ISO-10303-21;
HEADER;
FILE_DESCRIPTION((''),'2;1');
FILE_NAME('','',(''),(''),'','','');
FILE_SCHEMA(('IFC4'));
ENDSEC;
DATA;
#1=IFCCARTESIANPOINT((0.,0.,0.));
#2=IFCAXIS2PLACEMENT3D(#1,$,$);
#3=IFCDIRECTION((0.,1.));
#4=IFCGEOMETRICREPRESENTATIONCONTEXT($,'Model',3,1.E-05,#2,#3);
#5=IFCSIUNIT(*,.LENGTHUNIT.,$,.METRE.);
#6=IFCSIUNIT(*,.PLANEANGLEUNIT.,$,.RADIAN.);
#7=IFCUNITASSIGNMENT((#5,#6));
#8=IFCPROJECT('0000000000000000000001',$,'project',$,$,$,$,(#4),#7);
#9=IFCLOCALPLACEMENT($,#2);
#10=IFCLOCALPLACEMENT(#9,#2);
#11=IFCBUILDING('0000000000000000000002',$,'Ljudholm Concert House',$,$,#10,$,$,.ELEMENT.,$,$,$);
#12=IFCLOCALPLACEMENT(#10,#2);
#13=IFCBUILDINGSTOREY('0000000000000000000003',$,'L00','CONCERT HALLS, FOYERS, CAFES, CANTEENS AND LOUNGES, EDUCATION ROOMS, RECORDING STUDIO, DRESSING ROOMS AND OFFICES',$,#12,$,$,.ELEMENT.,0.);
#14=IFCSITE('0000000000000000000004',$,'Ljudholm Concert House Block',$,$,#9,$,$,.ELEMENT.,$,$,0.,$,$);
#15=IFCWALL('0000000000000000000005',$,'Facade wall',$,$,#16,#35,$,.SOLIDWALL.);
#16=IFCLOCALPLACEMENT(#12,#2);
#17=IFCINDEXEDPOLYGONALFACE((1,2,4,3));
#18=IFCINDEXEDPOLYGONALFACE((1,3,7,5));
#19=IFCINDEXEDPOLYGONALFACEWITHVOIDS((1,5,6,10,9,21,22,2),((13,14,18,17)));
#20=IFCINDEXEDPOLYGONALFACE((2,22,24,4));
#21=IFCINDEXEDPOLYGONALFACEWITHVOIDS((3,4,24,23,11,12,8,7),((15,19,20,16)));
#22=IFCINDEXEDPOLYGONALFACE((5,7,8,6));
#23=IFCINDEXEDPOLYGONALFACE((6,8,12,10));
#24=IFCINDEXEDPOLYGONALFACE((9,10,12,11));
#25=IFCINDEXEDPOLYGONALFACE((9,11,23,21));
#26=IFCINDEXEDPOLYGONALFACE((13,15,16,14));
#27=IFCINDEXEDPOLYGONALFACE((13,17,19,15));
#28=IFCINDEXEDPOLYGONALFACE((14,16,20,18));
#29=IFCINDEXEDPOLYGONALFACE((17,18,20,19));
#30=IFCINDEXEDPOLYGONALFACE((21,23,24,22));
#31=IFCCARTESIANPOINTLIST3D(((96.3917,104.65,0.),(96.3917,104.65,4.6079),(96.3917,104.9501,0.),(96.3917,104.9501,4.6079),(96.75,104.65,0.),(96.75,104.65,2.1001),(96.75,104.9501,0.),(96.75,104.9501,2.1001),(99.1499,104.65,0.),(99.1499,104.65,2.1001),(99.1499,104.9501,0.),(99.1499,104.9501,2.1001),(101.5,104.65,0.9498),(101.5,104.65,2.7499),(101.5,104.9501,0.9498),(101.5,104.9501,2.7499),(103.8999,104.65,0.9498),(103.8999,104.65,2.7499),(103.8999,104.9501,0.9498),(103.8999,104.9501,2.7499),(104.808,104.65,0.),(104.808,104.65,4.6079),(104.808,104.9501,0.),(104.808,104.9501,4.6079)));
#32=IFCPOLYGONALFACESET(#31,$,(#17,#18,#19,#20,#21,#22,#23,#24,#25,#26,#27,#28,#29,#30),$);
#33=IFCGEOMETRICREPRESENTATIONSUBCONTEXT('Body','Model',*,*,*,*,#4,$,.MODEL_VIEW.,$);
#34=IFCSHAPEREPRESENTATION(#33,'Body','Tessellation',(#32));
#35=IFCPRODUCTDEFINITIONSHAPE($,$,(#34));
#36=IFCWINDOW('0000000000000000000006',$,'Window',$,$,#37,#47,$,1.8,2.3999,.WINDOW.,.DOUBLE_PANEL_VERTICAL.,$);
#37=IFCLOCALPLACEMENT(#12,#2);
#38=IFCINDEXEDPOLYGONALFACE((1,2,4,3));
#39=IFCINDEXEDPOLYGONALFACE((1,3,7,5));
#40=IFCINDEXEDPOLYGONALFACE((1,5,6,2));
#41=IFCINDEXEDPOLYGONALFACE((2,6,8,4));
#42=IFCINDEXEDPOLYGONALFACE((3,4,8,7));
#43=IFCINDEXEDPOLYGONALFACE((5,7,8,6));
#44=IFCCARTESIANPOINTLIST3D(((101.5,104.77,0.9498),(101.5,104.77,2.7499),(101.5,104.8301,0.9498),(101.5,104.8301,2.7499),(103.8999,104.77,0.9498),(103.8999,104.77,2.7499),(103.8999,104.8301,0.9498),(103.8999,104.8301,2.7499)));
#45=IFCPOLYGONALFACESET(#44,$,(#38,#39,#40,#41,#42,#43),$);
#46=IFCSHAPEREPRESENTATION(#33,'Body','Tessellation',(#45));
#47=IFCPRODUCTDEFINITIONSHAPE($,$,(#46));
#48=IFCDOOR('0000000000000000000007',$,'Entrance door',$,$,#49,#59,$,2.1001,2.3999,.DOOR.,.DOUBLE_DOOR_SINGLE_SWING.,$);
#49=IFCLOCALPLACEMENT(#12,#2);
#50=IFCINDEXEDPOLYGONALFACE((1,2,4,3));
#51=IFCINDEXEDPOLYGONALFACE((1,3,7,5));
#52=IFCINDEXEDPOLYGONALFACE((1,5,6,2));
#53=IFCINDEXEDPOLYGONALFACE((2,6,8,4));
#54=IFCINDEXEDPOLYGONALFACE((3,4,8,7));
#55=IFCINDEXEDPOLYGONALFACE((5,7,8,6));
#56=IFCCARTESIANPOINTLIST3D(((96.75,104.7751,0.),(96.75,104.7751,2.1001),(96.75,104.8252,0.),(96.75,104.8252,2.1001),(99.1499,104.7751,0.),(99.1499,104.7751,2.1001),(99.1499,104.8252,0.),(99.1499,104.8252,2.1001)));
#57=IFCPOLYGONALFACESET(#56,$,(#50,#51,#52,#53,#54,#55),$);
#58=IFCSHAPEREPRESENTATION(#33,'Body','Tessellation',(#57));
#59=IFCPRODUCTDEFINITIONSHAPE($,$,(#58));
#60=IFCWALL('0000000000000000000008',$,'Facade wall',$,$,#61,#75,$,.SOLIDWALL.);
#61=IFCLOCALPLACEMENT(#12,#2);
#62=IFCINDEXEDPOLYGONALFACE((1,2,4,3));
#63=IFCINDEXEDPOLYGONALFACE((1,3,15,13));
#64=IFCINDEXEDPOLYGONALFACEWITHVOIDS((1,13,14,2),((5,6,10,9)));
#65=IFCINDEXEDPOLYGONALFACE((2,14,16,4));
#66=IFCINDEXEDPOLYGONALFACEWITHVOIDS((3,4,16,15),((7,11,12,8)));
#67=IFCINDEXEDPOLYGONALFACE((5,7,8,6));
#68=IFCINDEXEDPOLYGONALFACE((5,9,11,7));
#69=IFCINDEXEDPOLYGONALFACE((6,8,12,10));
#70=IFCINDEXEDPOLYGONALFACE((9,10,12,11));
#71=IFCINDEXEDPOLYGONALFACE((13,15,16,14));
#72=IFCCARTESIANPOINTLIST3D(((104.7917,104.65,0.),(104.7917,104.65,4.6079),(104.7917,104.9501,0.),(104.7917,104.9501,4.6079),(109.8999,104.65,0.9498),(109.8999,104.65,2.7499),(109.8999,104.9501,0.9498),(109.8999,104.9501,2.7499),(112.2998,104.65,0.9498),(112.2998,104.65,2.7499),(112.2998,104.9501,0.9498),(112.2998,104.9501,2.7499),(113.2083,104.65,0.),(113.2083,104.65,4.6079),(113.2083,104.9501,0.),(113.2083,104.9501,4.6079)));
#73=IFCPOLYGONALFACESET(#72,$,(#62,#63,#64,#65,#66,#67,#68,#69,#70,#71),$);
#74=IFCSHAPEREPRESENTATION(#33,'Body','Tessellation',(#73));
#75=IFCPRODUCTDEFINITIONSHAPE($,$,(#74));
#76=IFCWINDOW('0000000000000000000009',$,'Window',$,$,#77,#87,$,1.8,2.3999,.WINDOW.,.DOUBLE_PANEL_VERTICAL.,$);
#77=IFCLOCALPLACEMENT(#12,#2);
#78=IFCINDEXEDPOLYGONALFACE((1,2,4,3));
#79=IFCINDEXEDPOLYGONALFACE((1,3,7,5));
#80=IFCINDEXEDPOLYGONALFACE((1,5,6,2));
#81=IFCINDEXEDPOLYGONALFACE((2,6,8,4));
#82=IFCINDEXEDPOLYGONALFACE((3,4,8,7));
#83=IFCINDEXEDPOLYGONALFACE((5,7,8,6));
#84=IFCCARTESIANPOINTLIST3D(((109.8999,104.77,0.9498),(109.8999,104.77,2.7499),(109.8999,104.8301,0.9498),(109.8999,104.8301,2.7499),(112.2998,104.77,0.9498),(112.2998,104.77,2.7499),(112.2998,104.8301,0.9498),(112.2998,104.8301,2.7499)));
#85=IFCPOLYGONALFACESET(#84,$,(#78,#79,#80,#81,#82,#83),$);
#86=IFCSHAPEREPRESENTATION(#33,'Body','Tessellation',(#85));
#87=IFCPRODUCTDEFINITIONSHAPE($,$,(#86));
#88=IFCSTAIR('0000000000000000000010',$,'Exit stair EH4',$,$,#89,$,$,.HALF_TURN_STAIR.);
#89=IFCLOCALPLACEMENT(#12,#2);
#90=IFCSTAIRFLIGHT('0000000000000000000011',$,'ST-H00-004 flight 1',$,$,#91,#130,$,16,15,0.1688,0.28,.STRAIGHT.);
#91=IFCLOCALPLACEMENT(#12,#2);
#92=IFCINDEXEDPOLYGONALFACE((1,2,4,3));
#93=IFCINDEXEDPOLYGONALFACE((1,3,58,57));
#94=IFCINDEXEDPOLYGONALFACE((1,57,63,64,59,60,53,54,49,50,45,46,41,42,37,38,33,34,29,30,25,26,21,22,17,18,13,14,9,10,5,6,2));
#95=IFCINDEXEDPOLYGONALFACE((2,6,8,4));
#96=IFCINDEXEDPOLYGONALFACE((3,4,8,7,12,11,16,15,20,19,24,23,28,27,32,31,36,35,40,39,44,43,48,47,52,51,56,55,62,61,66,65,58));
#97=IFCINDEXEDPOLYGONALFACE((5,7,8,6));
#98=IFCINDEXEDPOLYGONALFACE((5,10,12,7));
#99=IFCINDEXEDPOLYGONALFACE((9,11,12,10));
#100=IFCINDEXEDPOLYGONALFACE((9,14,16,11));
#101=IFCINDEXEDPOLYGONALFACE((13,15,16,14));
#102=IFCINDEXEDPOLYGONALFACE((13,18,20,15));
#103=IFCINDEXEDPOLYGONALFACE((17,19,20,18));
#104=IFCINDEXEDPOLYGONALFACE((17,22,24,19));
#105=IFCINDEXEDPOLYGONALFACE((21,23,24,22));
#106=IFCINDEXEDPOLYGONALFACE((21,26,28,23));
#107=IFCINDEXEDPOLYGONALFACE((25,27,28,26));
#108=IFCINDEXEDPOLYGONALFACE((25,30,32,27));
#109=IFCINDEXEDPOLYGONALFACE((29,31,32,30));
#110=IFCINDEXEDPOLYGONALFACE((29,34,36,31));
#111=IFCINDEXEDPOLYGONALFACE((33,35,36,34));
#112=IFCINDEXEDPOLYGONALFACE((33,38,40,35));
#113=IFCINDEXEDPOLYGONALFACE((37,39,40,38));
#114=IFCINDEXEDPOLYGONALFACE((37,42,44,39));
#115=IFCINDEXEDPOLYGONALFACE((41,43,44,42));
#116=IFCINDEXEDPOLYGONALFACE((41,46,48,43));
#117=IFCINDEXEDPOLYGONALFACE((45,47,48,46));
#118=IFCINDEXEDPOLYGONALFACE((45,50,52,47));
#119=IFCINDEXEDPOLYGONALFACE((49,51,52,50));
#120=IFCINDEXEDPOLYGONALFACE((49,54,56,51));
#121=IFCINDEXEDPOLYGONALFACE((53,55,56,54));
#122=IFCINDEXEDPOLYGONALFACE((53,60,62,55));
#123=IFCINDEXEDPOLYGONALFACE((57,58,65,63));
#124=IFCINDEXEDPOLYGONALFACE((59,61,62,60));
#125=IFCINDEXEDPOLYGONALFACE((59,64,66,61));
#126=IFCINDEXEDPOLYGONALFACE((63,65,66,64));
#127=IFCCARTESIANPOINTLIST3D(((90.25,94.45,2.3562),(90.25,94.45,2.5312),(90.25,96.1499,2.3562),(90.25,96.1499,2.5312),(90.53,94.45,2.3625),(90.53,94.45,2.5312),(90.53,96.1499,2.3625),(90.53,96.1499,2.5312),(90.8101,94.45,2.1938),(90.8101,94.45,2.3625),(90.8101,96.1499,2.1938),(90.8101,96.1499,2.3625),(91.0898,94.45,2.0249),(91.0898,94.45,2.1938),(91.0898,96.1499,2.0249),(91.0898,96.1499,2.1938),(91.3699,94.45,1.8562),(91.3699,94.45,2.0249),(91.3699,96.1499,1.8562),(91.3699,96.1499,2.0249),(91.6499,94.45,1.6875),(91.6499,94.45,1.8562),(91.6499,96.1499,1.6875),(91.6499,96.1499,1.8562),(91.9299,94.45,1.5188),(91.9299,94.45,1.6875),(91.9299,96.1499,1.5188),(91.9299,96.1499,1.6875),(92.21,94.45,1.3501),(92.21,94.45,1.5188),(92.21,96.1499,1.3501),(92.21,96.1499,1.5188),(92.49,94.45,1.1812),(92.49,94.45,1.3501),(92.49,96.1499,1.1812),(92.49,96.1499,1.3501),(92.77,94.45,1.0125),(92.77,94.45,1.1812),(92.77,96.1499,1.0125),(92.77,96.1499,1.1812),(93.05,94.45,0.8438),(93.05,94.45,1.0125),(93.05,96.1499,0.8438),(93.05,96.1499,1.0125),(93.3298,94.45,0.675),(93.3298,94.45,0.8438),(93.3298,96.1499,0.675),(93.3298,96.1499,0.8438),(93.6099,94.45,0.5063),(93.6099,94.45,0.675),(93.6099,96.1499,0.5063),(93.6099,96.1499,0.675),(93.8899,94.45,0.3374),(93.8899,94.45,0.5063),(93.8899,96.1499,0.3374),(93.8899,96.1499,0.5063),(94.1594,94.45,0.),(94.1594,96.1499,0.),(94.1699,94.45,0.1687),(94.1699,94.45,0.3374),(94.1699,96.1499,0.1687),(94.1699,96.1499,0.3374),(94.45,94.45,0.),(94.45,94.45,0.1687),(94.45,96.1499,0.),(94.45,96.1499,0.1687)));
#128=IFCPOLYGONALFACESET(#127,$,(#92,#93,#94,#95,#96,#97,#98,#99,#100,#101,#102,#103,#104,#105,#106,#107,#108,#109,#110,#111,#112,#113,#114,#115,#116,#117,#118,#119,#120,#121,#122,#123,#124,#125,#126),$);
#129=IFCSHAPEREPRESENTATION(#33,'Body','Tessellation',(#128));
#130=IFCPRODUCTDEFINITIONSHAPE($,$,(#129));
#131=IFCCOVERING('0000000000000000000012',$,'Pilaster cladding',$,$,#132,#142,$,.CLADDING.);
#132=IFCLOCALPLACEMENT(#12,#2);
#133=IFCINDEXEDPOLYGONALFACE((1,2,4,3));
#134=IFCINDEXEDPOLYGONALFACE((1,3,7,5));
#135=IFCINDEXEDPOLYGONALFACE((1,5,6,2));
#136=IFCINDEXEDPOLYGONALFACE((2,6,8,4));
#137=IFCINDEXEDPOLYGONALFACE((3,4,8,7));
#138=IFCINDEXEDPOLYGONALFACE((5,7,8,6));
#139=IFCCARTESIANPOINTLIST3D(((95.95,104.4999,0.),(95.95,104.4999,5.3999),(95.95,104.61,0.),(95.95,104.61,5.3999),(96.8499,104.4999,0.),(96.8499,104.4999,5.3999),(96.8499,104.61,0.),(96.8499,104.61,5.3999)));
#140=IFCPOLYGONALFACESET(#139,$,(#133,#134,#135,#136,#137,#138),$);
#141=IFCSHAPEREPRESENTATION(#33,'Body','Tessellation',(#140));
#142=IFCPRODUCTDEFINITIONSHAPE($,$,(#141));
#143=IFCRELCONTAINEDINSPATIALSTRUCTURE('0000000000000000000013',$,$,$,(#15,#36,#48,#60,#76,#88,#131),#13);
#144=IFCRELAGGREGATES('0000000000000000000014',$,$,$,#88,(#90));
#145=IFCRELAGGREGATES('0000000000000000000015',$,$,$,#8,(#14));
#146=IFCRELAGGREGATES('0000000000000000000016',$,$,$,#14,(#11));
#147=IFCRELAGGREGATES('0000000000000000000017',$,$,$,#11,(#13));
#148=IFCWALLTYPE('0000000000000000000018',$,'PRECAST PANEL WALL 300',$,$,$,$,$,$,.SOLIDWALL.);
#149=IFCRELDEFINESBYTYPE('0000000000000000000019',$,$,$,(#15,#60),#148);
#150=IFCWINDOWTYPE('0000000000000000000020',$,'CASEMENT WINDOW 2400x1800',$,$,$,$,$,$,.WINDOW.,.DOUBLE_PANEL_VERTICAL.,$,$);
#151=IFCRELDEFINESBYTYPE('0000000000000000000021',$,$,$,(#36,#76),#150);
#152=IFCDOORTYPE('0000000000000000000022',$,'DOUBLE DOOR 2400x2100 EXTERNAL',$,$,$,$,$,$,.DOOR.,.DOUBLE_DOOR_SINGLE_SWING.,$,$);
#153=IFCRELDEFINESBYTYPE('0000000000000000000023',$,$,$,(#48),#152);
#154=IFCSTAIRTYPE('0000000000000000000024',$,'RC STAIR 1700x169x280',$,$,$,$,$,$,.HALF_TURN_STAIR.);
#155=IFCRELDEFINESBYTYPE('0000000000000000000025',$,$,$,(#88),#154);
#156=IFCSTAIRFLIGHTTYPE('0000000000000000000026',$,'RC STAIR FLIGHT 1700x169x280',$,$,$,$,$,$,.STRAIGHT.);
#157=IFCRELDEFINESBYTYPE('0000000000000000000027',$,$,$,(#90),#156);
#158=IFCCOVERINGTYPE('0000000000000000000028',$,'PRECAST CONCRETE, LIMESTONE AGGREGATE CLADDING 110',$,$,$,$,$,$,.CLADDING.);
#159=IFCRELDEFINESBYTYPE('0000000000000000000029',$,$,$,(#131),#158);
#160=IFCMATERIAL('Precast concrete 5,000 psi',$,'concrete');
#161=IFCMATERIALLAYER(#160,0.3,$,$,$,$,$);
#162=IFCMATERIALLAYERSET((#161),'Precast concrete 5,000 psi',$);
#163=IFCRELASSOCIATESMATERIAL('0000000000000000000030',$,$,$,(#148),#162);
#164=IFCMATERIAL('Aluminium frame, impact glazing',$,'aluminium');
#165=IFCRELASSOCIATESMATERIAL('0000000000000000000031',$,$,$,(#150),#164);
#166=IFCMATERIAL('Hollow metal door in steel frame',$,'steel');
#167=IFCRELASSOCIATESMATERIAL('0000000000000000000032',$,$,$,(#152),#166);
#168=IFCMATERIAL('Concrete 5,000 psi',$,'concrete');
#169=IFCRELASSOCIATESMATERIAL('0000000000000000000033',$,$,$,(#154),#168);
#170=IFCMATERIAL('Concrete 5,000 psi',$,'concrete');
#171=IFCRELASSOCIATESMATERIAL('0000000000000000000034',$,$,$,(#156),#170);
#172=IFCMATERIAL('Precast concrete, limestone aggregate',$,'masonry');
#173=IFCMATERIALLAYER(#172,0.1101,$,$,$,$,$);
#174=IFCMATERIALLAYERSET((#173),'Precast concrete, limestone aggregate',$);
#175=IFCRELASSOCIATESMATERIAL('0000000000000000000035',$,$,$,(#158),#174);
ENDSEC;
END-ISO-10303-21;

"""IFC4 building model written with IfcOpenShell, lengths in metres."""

from ifc_helpers import new_model, si_unit, direction, frame, frame_2d, origin, origin_2d, place, context, subcontext, project, spatial, polyline, rectangle, outline, extrude, material, layer, layer_set, type_object, element, fill, aggregate, save


model = new_model("IFC4")

# Units and contexts
model_context = context("Model", 3, precision=1e-05, world=origin(), true_north=direction((0.0, 1.0)))
body_context = subcontext(model_context, "Body", "Model", "MODEL_VIEW")
ifc_project = project(units=[si_unit("LENGTHUNIT", "METRE"), si_unit("PLANEANGLEUNIT", "RADIAN")], contexts=[model_context])

# Site, building, storey
site_placement = place(None, origin())
site = spatial("IfcSite", under=ifc_project, at=site_placement, Name="Ljudholm Concert House Block", CompositionType="ELEMENT", RefElevation=0.0)
building_placement = place(site_placement, origin())
building = spatial("IfcBuilding", under=site, at=building_placement, Name="Ljudholm Concert House", CompositionType="ELEMENT")
storey_placement = place(building_placement, origin())
storey = spatial("IfcBuildingStorey", under=building, at=storey_placement, Name="L00", Description="CONCERT HALLS, FOYERS, CAFES, CANTEENS AND LOUNGES, EDUCATION ROOMS, RECORDING STUDIO, DRESSING ROOMS AND OFFICES", CompositionType="ELEMENT", Elevation=0.0)

# Shared definitions
ifc_material_1 = material(Name="Precast concrete 5,000 psi", Category="concrete")
ifc_layer_1 = layer(ifc_material_1, 0.3)
ifc_layer_set_1 = layer_set([ifc_layer_1], Name="Precast concrete 5,000 psi")
wall_type_1 = type_object("IfcWallType", Name="PRECAST PANEL WALL 300", PredefinedType="SOLIDWALL", material=ifc_layer_set_1)

# Wall, openings, window, door
wall_1_placement = place(storey_placement, frame((96.3918, 104.8, 0.0), z_axis=(0.0, 0.0, 1.0), x_axis=(1.0, 0.0, 0.0)))
wall_1 = element("IfcWall", 1, at=wall_1_placement, inside=storey, type_object=wall_type_1, Name="Facade wall", PredefinedType="SOLIDWALL", context=body_context, shape_type="SweptSolid", body=[
    extrude(rectangle(XDim=8.4163, YDim=0.3, at=frame_2d((4.208, 0.0))), origin(), (0.0, 0.0, 1.0), 4.6079),
])
opening_1_placement = place(wall_1_placement, frame((0.3582, 0.0, 0.0)))
opening_1 = element("IfcOpeningElement", 2, at=opening_1_placement, cuts=wall_1, PredefinedType="OPENING", context=body_context, shape_type="SweptSolid", body=[
    extrude(rectangle(XDim=2.3999, YDim=2.1001, at=frame_2d((1.2, 1.05))), frame((0.0, 0.1599, 0.0), z_axis=(0.0, -1.0, 0.0), x_axis=(1.0, 0.0, 0.0)), (0.0, 0.0, 1.0), 0.3201),
])
opening_2_placement = place(wall_1_placement, frame((5.1082, 0.0, 0.95)))
opening_2 = element("IfcOpeningElement", 3, at=opening_2_placement, cuts=wall_1, PredefinedType="OPENING", context=body_context, shape_type="SweptSolid", body=[
    extrude(rectangle(XDim=2.3999, YDim=1.8, at=frame_2d((1.2, 0.8999))), frame((0.0, 0.1599, 0.0), z_axis=(0.0, -1.0, 0.0), x_axis=(1.0, 0.0, 0.0)), (0.0, 0.0, 1.0), 0.3201),
])
ifc_material_2 = material(Name="Aluminium frame, impact glazing", Category="aluminium")
window_type = type_object("IfcWindowType", Name="CASEMENT WINDOW 2400x1800", PartitioningType="DOUBLE_PANEL_VERTICAL", PredefinedType="WINDOW", material=ifc_material_2)
window_1_placement = place(opening_2_placement, origin())
window_1 = element("IfcWindow", 4, at=window_1_placement, inside=storey, type_object=window_type, Name="Window", OverallHeight=1.8, OverallWidth=2.3999, PartitioningType="DOUBLE_PANEL_VERTICAL", PredefinedType="WINDOW", context=body_context, shape_type="SweptSolid", body=[
    extrude(rectangle(XDim=2.3999, YDim=1.8, at=frame_2d((1.2, 0.8999))), frame((0.0, 0.03, 0.0), z_axis=(0.0, -1.0, 0.0), x_axis=(1.0, 0.0, 0.0)), (0.0, 0.0, 1.0), 0.0601),
])
fill(opening_2, window_1)
ifc_material_3 = material(Name="Hollow metal door in steel frame", Category="steel")
door_type = type_object("IfcDoorType", Name="DOUBLE DOOR 2400x2100 EXTERNAL", OperationType="DOUBLE_DOOR_SINGLE_SWING", PredefinedType="DOOR", material=ifc_material_3)
door_placement = place(opening_1_placement, frame((2.3999, 0.0, 0.0), z_axis=(0.0, 0.0, 1.0), x_axis=(-1.0, 0.0, 0.0)))
door = element("IfcDoor", 5, at=door_placement, inside=storey, type_object=door_type, Name="Entrance door", OperationType="DOUBLE_DOOR_SINGLE_SWING", OverallHeight=2.1001, OverallWidth=2.3999, PredefinedType="DOOR", context=body_context, shape_type="SweptSolid", body=[
    extrude(rectangle(XDim=2.3999, YDim=2.1001, at=frame_2d((1.2, 1.05))), frame((0.0, 0.0249, 0.0), z_axis=(0.0, -1.0, 0.0), x_axis=(1.0, 0.0, 0.0)), (0.0, 0.0, 1.0), 0.05),
])
fill(opening_1, door)

# Wall, opening, window
wall_2_placement = place(storey_placement, frame((104.7917, 104.8, 0.0), z_axis=(0.0, 0.0, 1.0), x_axis=(1.0, 0.0, 0.0)))
wall_2 = element("IfcWall", 6, at=wall_2_placement, inside=storey, type_object=wall_type_1, Name="Facade wall", PredefinedType="SOLIDWALL", context=body_context, shape_type="SweptSolid", body=[
    extrude(rectangle(XDim=8.4165, YDim=0.3, at=frame_2d((4.2083, 0.0))), origin(), (0.0, 0.0, 1.0), 4.6079),
])
opening_3_placement = place(wall_2_placement, frame((5.1082, 0.0, 0.95)))
opening_3 = element("IfcOpeningElement", 7, at=opening_3_placement, cuts=wall_2, PredefinedType="OPENING", context=body_context, shape_type="SweptSolid", body=[
    extrude(rectangle(XDim=2.3999, YDim=1.8, at=frame_2d((1.2, 0.8999))), frame((0.0, 0.1599, 0.0), z_axis=(0.0, -1.0, 0.0), x_axis=(1.0, 0.0, 0.0)), (0.0, 0.0, 1.0), 0.3201),
])
window_2_placement = place(opening_3_placement, origin())
window_2 = element("IfcWindow", 8, at=window_2_placement, inside=storey, type_object=window_type, Name="Window", OverallHeight=1.8, OverallWidth=2.3999, PartitioningType="DOUBLE_PANEL_VERTICAL", PredefinedType="WINDOW", context=body_context, shape_type="SweptSolid", body=[
    extrude(rectangle(XDim=2.3999, YDim=1.8, at=frame_2d((1.2, 0.8999))), frame((0.0, 0.03, 0.0), z_axis=(0.0, -1.0, 0.0), x_axis=(1.0, 0.0, 0.0)), (0.0, 0.0, 1.0), 0.0601),
])
fill(opening_3, window_2)

# Stair, stair flight
ifc_material_4 = material(Name="Concrete 5,000 psi", Category="concrete")
stair_type = type_object("IfcStairType", Name="RC STAIR 1700x169x280", PredefinedType="HALF_TURN_STAIR", material=ifc_material_4)
stair_placement = place(storey_placement, origin())
stair = element("IfcStair", 9, at=stair_placement, inside=storey, type_object=stair_type, Name="Exit stair EH4", PredefinedType="HALF_TURN_STAIR")
ifc_material_5 = material(Name="Concrete 5,000 psi", Category="concrete")
stair_flight_type = type_object("IfcStairFlightType", Name="RC STAIR FLIGHT 1700x169x280", PredefinedType="STRAIGHT", material=ifc_material_5)
stair_flight_placement = place(storey_placement, frame((94.45, 95.3, 0.0), z_axis=(0.0, 0.0, 1.0), x_axis=(-1.0, 0.0, 0.0)))
stair_flight = element("IfcStairFlight", 10, at=stair_flight_placement, type_object=stair_flight_type, Name="ST-H00-004 flight 1", NumberOfRisers=16, NumberOfTreads=15, PredefinedType="STRAIGHT", RiserHeight=0.1688, TreadLength=0.28, context=body_context, shape_type="SweptSolid", body=[
    extrude(outline(polyline([(0.0, 0.0), (0.0, 0.1687), (0.28, 0.1687), (0.28, 0.3374), (0.5601, 0.3374), (0.5601, 0.5063), (0.8401, 0.5063), (0.8401, 0.675), (1.1201, 0.675), (1.1201, 0.8438), (1.3999, 0.8438), (1.3999, 1.0125), (1.6799, 1.0125), (1.6799, 1.1812), (1.96, 1.1812), (1.96, 1.3501), (2.24, 1.3501), (2.24, 1.5188), (2.52, 1.5188), (2.52, 1.6875), (2.8, 1.6875), (2.8, 1.8562), (3.0801, 1.8562), (3.0801, 2.0249), (3.3601, 2.0249), (3.3601, 2.1938), (3.6399, 2.1938), (3.6399, 2.3625), (3.9199, 2.3625), (3.9199, 2.5312), (4.2, 2.5312), (4.2, 2.7), (4.2, 2.3562), (0.2905, 0.0), (0.0, 0.0)])), frame((0.0, 0.8501, 0.0), z_axis=(0.0, -1.0, 0.0), x_axis=(1.0, 0.0, 0.0)), (0.0, 0.0, 1.0), 1.7),
])
aggregate(stair, [stair_flight])

# Covering
ifc_material_6 = material(Name="Precast concrete, limestone aggregate", Category="masonry")
ifc_layer_2 = layer(ifc_material_6, 0.1101)
ifc_layer_set_2 = layer_set([ifc_layer_2], Name="Precast concrete, limestone aggregate")
covering_type = type_object("IfcCoveringType", Name="PRECAST CONCRETE, LIMESTONE AGGREGATE CLADDING 110", PredefinedType="CLADDING", material=ifc_layer_set_2)
covering_placement = place(storey_placement, frame((96.3999, 104.5549, 0.0), z_axis=(0.0, 0.0, 1.0), x_axis=(0.0, -1.0, 0.0)))
element("IfcCovering", 11, at=covering_placement, inside=storey, type_object=covering_type, Name="Pilaster cladding", PredefinedType="CLADDING", context=body_context, shape_type="SweptSolid", body=[
    extrude(rectangle(XDim=0.1101, YDim=0.8999, at=origin_2d()), origin(), (0.0, 0.0, 1.0), 5.3999),
])

save(model, "model.ifc")
